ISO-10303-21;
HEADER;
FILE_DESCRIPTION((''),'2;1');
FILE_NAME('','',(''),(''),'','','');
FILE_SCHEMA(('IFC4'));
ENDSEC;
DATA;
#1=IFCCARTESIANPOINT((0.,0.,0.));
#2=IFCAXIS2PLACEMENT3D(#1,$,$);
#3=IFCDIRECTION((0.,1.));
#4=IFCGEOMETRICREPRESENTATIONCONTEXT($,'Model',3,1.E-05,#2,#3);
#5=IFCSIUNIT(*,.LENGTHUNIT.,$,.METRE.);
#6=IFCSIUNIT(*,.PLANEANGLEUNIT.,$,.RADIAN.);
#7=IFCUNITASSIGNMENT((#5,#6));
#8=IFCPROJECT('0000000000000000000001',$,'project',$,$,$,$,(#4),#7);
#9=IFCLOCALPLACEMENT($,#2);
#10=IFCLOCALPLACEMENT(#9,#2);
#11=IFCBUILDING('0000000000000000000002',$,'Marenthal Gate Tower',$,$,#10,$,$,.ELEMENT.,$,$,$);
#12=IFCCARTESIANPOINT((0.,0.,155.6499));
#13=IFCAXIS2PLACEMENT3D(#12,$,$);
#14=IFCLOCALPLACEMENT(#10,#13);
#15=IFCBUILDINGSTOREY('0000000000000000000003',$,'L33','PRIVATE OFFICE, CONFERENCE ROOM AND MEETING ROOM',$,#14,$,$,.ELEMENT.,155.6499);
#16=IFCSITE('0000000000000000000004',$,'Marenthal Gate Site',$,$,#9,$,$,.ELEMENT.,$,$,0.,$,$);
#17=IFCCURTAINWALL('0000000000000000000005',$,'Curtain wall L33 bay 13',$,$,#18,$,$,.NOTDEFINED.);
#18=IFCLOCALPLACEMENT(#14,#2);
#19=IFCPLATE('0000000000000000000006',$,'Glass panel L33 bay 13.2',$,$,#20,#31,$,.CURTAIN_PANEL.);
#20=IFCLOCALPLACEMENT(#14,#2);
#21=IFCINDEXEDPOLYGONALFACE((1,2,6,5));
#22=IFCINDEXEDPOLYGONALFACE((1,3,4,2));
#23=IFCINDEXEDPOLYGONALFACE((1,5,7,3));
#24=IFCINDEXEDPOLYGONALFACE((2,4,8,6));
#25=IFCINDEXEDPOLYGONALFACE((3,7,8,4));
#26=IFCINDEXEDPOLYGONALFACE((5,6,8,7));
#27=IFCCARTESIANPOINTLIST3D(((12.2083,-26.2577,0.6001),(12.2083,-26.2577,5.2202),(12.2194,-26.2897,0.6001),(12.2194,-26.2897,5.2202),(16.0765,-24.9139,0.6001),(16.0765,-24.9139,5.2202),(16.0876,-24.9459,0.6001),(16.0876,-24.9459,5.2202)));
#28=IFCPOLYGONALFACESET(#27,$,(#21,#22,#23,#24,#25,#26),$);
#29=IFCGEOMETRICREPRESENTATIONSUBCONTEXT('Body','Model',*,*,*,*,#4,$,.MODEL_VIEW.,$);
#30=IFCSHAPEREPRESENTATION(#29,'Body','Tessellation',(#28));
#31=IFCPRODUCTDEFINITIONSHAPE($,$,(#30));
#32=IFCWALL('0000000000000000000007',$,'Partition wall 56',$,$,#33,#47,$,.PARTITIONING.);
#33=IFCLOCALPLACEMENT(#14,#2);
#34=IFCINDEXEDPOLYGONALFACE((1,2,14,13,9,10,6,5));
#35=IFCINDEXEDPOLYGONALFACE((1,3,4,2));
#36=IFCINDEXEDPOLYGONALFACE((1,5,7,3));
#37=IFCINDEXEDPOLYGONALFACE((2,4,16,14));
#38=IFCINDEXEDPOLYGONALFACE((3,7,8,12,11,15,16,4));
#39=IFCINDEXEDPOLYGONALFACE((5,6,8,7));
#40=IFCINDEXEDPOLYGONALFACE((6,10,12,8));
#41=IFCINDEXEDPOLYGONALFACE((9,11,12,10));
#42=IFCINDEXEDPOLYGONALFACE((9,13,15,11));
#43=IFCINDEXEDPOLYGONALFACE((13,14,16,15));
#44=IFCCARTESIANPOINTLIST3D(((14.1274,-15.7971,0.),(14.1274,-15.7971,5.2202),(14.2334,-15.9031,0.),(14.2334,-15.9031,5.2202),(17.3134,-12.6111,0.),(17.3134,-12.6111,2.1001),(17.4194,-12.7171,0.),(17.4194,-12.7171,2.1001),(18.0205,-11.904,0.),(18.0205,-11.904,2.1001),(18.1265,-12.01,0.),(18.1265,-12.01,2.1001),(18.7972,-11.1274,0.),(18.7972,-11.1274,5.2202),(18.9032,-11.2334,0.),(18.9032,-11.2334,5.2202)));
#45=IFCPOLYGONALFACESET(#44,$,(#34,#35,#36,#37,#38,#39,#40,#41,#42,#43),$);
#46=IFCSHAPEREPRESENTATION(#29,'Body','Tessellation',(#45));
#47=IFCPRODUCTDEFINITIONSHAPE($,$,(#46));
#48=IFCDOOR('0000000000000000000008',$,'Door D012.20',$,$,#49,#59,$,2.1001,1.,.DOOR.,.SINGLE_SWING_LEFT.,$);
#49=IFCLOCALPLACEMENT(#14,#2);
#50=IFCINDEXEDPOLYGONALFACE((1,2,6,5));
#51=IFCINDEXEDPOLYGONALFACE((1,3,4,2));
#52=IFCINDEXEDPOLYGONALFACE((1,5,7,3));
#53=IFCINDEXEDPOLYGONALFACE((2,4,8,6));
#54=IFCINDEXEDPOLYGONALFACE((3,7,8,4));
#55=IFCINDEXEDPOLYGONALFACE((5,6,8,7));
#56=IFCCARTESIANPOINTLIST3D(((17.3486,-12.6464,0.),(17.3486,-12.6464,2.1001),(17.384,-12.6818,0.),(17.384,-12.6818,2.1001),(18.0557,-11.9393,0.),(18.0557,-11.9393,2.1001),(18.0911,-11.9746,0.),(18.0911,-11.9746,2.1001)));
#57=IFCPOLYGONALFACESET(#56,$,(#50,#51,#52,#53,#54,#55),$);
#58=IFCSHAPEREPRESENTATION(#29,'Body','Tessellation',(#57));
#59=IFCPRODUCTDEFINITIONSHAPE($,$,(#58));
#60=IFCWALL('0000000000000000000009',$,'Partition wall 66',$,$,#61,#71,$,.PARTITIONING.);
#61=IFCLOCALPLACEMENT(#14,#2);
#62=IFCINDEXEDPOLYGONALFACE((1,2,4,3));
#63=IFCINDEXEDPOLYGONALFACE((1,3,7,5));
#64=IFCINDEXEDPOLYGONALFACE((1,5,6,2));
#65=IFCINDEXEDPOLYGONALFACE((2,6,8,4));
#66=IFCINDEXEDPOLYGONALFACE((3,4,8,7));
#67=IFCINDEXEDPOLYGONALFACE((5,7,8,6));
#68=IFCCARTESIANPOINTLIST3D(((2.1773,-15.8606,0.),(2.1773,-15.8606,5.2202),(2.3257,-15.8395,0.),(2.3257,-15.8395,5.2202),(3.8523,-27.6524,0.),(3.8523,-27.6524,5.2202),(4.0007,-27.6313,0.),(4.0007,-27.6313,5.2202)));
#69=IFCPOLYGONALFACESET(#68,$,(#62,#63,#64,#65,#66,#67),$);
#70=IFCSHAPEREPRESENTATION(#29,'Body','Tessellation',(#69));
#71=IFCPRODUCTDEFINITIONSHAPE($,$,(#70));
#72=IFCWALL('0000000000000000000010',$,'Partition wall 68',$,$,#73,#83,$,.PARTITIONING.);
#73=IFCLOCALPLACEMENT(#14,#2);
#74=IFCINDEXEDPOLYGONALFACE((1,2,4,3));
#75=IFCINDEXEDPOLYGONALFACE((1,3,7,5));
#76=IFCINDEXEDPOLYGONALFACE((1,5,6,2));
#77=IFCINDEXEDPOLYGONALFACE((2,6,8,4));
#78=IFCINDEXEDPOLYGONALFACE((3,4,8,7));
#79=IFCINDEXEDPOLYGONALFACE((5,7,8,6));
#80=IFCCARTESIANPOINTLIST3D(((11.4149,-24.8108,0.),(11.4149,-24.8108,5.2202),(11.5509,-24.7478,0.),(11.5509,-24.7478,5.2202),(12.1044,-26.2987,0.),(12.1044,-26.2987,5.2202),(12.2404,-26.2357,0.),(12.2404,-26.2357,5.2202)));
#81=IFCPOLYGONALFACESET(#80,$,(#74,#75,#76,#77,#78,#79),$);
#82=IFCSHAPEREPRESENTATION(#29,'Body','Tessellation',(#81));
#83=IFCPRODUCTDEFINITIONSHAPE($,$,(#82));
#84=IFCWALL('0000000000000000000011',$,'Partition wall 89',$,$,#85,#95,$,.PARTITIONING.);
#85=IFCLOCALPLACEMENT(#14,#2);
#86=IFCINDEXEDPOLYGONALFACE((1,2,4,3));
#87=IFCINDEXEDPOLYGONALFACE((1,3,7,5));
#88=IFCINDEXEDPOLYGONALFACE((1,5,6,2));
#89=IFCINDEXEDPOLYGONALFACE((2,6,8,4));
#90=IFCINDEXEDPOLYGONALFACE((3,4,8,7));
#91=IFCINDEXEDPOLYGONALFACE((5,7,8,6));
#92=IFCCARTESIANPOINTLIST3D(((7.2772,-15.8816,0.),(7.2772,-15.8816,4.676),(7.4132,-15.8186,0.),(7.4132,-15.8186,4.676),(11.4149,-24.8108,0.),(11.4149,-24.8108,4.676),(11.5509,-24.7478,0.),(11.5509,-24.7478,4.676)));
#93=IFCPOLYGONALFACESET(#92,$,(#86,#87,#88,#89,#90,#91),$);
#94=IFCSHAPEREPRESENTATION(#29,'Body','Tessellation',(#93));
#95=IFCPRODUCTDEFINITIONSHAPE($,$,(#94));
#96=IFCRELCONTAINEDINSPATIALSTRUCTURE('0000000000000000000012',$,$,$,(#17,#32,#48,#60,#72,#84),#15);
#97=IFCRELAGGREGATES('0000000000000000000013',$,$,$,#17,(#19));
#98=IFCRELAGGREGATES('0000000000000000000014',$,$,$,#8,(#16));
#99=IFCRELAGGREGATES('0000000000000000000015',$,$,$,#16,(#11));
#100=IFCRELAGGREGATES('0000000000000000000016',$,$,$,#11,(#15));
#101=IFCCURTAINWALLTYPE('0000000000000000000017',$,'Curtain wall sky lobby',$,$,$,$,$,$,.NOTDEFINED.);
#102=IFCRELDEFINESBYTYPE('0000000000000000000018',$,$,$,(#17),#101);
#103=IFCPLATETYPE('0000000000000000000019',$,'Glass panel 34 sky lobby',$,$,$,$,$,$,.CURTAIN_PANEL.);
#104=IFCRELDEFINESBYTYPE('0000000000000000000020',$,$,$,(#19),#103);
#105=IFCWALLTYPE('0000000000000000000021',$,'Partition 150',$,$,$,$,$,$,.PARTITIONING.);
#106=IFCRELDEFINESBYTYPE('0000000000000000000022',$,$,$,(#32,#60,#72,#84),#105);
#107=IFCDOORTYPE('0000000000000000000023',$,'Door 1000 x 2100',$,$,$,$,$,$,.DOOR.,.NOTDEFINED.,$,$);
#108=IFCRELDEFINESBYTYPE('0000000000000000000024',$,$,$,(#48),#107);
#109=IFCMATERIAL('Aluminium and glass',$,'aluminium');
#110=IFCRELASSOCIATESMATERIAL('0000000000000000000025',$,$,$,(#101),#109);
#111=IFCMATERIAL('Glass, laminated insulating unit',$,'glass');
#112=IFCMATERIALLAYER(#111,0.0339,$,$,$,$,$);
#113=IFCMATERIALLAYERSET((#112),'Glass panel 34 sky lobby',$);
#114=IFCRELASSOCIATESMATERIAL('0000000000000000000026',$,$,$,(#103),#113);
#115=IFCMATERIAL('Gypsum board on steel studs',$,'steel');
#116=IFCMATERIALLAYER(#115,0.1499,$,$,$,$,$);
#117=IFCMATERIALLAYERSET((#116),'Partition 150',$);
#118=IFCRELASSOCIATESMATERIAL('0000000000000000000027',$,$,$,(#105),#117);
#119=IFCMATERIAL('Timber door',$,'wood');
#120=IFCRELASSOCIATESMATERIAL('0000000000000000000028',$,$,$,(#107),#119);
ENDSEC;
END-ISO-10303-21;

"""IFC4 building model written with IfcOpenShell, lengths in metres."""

from ifc_helpers import new_model, si_unit, direction, frame, frame_2d, origin, origin_2d, place, context, subcontext, project, spatial, rectangle, extrude, material, layer, layer_set, type_object, element, fill, aggregate, save


model = new_model("IFC4")

# Units and contexts
model_context = context("Model", 3, precision=1e-05, world=origin(), true_north=direction((0.0, 1.0)))
body_context = subcontext(model_context, "Body", "Model", "MODEL_VIEW")
ifc_project = project(units=[si_unit("LENGTHUNIT", "METRE"), si_unit("PLANEANGLEUNIT", "RADIAN")], contexts=[model_context])

# Site, building, storey
site_placement = place(None, origin())
site = spatial("IfcSite", under=ifc_project, at=site_placement, Name="Marenthal Gate Site", CompositionType="ELEMENT", RefElevation=0.0)
building_placement = place(site_placement, origin())
building = spatial("IfcBuilding", under=site, at=building_placement, Name="Marenthal Gate Tower", CompositionType="ELEMENT")
storey_placement = place(building_placement, frame((0.0, 0.0, 155.6499)))
storey = spatial("IfcBuildingStorey", under=building, at=storey_placement, Name="L33", Description="PRIVATE OFFICE, CONFERENCE ROOM AND MEETING ROOM", CompositionType="ELEMENT", Elevation=155.6499)

# Curtain wall
ifc_material_1 = material(Name="Aluminium and glass", Category="aluminium")
curtain_wall_type = type_object("IfcCurtainWallType", Name="Curtain wall sky lobby", PredefinedType="NOTDEFINED", material=ifc_material_1)
curtain_wall_1_placement = place(storey_placement, origin())
curtain_wall_1 = element("IfcCurtainWall", 1, at=curtain_wall_1_placement, inside=storey, type_object=curtain_wall_type, Name="Curtain wall L33 bay 13", PredefinedType="NOTDEFINED")

# Plate
ifc_material_2 = material(Name="Glass, laminated insulating unit", Category="glass")
ifc_layer_1 = layer(ifc_material_2, 0.0339)
ifc_layer_set_1 = layer_set([ifc_layer_1], Name="Glass panel 34 sky lobby")
plate_type = type_object("IfcPlateType", Name="Glass panel 34 sky lobby", PredefinedType="CURTAIN_PANEL", material=ifc_layer_set_1)
plate_1_placement = place(storey_placement, frame((14.1479, -25.6018, 0.6001), z_axis=(0.0, 0.0, 1.0), x_axis=(0.944623, 0.328158, 0.0)))
plate_1 = element("IfcPlate", 2, at=plate_1_placement, type_object=plate_type, Name="Glass panel L33 bay 13.2", PredefinedType="CURTAIN_PANEL", context=body_context, shape_type="SweptSolid", body=[
    extrude(rectangle(XDim=4.095, YDim=0.0339, at=origin_2d()), origin(), (0.0, 0.0, 1.0), 4.6201),
])
aggregate(curtain_wall_1, [plate_1])

# Wall, opening, door
ifc_material_3 = material(Name="Gypsum board on steel studs", Category="steel")
ifc_layer_2 = layer(ifc_material_3, 0.1499)
ifc_layer_set_2 = layer_set([ifc_layer_2], Name="Partition 150")
wall_type = type_object("IfcWallType", Name="Partition 150", PredefinedType="PARTITIONING", material=ifc_layer_set_2)
wall_1_placement = place(storey_placement, frame((14.1804, -15.8501, 0.0), z_axis=(0.0, 0.0, 1.0), x_axis=(0.707107, 0.707107, 0.0)))
wall_1 = element("IfcWall", 3, at=wall_1_placement, inside=storey, type_object=wall_type, Name="Partition wall 56", PredefinedType="PARTITIONING", context=body_context, shape_type="SweptSolid", body=[
    extrude(rectangle(XDim=6.604, YDim=0.1499, at=frame_2d((3.302, 0.0))), origin(), (0.0, 0.0, 1.0), 5.2202),
])
opening_placement = place(wall_1_placement, frame((4.5056, 0.0, 0.0)))
opening = element("IfcOpeningElement", 4, at=opening_placement, cuts=wall_1, PredefinedType="OPENING", context=body_context, shape_type="SweptSolid", body=[
    extrude(rectangle(XDim=1.0, YDim=2.1001, at=frame_2d((0.5, 1.05))), frame((0.0, 0.085, 0.0), z_axis=(0.0, -1.0, 0.0), x_axis=(1.0, 0.0, 0.0)), (0.0, 0.0, 1.0), 0.1699),
])
ifc_material_4 = material(Name="Timber door", Category="wood")
door_type = type_object("IfcDoorType", Name="Door 1000 x 2100", OperationType="NOTDEFINED", PredefinedType="DOOR", material=ifc_material_4)
door_placement = place(opening_placement, frame((1.0, 0.0, 0.0), z_axis=(0.0, 0.0, 1.0), x_axis=(-1.0, 0.0, 0.0)))
door = element("IfcDoor", 5, at=door_placement, inside=storey, type_object=door_type, Name="Door D012.20", OperationType="SINGLE_SWING_LEFT", OverallHeight=2.1001, OverallWidth=1.0, PredefinedType="DOOR", context=body_context, shape_type="SweptSolid", body=[
    extrude(rectangle(XDim=1.0, YDim=2.1001, at=frame_2d((0.5, 1.05))), frame((0.0, 0.0249, 0.0), z_axis=(0.0, -1.0, 0.0), x_axis=(1.0, 0.0, 0.0)), (0.0, 0.0, 1.0), 0.05),
])
fill(opening, door)

# Walls
wall_2_placement = place(storey_placement, frame((3.9265, -27.6418, 0.0), z_axis=(0.0, 0.0, 1.0), x_axis=(-0.140641, 0.990061, 0.0)))
element("IfcWall", 6, at=wall_2_placement, inside=storey, type_object=wall_type, Name="Partition wall 66", PredefinedType="PARTITIONING", context=body_context, shape_type="SweptSolid", body=[
    extrude(rectangle(XDim=11.9102, YDim=0.1499, at=frame_2d((5.9551, 0.0))), origin(), (0.0, 0.0, 1.0), 5.2202),
])
wall_3_placement = place(storey_placement, frame((12.1724, -26.2671, 0.0), z_axis=(0.0, 0.0, 1.0), x_axis=(-0.420455, 0.907313, 0.0)))
element("IfcWall", 7, at=wall_3_placement, inside=storey, type_object=wall_type, Name="Partition wall 68", PredefinedType="PARTITIONING", context=body_context, shape_type="SweptSolid", body=[
    extrude(rectangle(XDim=1.6399, YDim=0.1499, at=frame_2d((0.8198, 0.0))), origin(), (0.0, 0.0, 1.0), 5.2202),
])
wall_4_placement = place(storey_placement, frame((11.4829, -24.7793, 0.0), z_axis=(0.0, 0.0, 1.0), x_axis=(-0.420442, 0.907319, 0.0)))
element("IfcWall", 8, at=wall_4_placement, inside=storey, type_object=wall_type, Name="Partition wall 89", PredefinedType="PARTITIONING", context=body_context, shape_type="SweptSolid", body=[
    extrude(rectangle(XDim=9.8413, YDim=0.1499, at=frame_2d((4.9207, 0.0))), origin(), (0.0, 0.0, 1.0), 4.676),
])

save(model, "model.ifc")
